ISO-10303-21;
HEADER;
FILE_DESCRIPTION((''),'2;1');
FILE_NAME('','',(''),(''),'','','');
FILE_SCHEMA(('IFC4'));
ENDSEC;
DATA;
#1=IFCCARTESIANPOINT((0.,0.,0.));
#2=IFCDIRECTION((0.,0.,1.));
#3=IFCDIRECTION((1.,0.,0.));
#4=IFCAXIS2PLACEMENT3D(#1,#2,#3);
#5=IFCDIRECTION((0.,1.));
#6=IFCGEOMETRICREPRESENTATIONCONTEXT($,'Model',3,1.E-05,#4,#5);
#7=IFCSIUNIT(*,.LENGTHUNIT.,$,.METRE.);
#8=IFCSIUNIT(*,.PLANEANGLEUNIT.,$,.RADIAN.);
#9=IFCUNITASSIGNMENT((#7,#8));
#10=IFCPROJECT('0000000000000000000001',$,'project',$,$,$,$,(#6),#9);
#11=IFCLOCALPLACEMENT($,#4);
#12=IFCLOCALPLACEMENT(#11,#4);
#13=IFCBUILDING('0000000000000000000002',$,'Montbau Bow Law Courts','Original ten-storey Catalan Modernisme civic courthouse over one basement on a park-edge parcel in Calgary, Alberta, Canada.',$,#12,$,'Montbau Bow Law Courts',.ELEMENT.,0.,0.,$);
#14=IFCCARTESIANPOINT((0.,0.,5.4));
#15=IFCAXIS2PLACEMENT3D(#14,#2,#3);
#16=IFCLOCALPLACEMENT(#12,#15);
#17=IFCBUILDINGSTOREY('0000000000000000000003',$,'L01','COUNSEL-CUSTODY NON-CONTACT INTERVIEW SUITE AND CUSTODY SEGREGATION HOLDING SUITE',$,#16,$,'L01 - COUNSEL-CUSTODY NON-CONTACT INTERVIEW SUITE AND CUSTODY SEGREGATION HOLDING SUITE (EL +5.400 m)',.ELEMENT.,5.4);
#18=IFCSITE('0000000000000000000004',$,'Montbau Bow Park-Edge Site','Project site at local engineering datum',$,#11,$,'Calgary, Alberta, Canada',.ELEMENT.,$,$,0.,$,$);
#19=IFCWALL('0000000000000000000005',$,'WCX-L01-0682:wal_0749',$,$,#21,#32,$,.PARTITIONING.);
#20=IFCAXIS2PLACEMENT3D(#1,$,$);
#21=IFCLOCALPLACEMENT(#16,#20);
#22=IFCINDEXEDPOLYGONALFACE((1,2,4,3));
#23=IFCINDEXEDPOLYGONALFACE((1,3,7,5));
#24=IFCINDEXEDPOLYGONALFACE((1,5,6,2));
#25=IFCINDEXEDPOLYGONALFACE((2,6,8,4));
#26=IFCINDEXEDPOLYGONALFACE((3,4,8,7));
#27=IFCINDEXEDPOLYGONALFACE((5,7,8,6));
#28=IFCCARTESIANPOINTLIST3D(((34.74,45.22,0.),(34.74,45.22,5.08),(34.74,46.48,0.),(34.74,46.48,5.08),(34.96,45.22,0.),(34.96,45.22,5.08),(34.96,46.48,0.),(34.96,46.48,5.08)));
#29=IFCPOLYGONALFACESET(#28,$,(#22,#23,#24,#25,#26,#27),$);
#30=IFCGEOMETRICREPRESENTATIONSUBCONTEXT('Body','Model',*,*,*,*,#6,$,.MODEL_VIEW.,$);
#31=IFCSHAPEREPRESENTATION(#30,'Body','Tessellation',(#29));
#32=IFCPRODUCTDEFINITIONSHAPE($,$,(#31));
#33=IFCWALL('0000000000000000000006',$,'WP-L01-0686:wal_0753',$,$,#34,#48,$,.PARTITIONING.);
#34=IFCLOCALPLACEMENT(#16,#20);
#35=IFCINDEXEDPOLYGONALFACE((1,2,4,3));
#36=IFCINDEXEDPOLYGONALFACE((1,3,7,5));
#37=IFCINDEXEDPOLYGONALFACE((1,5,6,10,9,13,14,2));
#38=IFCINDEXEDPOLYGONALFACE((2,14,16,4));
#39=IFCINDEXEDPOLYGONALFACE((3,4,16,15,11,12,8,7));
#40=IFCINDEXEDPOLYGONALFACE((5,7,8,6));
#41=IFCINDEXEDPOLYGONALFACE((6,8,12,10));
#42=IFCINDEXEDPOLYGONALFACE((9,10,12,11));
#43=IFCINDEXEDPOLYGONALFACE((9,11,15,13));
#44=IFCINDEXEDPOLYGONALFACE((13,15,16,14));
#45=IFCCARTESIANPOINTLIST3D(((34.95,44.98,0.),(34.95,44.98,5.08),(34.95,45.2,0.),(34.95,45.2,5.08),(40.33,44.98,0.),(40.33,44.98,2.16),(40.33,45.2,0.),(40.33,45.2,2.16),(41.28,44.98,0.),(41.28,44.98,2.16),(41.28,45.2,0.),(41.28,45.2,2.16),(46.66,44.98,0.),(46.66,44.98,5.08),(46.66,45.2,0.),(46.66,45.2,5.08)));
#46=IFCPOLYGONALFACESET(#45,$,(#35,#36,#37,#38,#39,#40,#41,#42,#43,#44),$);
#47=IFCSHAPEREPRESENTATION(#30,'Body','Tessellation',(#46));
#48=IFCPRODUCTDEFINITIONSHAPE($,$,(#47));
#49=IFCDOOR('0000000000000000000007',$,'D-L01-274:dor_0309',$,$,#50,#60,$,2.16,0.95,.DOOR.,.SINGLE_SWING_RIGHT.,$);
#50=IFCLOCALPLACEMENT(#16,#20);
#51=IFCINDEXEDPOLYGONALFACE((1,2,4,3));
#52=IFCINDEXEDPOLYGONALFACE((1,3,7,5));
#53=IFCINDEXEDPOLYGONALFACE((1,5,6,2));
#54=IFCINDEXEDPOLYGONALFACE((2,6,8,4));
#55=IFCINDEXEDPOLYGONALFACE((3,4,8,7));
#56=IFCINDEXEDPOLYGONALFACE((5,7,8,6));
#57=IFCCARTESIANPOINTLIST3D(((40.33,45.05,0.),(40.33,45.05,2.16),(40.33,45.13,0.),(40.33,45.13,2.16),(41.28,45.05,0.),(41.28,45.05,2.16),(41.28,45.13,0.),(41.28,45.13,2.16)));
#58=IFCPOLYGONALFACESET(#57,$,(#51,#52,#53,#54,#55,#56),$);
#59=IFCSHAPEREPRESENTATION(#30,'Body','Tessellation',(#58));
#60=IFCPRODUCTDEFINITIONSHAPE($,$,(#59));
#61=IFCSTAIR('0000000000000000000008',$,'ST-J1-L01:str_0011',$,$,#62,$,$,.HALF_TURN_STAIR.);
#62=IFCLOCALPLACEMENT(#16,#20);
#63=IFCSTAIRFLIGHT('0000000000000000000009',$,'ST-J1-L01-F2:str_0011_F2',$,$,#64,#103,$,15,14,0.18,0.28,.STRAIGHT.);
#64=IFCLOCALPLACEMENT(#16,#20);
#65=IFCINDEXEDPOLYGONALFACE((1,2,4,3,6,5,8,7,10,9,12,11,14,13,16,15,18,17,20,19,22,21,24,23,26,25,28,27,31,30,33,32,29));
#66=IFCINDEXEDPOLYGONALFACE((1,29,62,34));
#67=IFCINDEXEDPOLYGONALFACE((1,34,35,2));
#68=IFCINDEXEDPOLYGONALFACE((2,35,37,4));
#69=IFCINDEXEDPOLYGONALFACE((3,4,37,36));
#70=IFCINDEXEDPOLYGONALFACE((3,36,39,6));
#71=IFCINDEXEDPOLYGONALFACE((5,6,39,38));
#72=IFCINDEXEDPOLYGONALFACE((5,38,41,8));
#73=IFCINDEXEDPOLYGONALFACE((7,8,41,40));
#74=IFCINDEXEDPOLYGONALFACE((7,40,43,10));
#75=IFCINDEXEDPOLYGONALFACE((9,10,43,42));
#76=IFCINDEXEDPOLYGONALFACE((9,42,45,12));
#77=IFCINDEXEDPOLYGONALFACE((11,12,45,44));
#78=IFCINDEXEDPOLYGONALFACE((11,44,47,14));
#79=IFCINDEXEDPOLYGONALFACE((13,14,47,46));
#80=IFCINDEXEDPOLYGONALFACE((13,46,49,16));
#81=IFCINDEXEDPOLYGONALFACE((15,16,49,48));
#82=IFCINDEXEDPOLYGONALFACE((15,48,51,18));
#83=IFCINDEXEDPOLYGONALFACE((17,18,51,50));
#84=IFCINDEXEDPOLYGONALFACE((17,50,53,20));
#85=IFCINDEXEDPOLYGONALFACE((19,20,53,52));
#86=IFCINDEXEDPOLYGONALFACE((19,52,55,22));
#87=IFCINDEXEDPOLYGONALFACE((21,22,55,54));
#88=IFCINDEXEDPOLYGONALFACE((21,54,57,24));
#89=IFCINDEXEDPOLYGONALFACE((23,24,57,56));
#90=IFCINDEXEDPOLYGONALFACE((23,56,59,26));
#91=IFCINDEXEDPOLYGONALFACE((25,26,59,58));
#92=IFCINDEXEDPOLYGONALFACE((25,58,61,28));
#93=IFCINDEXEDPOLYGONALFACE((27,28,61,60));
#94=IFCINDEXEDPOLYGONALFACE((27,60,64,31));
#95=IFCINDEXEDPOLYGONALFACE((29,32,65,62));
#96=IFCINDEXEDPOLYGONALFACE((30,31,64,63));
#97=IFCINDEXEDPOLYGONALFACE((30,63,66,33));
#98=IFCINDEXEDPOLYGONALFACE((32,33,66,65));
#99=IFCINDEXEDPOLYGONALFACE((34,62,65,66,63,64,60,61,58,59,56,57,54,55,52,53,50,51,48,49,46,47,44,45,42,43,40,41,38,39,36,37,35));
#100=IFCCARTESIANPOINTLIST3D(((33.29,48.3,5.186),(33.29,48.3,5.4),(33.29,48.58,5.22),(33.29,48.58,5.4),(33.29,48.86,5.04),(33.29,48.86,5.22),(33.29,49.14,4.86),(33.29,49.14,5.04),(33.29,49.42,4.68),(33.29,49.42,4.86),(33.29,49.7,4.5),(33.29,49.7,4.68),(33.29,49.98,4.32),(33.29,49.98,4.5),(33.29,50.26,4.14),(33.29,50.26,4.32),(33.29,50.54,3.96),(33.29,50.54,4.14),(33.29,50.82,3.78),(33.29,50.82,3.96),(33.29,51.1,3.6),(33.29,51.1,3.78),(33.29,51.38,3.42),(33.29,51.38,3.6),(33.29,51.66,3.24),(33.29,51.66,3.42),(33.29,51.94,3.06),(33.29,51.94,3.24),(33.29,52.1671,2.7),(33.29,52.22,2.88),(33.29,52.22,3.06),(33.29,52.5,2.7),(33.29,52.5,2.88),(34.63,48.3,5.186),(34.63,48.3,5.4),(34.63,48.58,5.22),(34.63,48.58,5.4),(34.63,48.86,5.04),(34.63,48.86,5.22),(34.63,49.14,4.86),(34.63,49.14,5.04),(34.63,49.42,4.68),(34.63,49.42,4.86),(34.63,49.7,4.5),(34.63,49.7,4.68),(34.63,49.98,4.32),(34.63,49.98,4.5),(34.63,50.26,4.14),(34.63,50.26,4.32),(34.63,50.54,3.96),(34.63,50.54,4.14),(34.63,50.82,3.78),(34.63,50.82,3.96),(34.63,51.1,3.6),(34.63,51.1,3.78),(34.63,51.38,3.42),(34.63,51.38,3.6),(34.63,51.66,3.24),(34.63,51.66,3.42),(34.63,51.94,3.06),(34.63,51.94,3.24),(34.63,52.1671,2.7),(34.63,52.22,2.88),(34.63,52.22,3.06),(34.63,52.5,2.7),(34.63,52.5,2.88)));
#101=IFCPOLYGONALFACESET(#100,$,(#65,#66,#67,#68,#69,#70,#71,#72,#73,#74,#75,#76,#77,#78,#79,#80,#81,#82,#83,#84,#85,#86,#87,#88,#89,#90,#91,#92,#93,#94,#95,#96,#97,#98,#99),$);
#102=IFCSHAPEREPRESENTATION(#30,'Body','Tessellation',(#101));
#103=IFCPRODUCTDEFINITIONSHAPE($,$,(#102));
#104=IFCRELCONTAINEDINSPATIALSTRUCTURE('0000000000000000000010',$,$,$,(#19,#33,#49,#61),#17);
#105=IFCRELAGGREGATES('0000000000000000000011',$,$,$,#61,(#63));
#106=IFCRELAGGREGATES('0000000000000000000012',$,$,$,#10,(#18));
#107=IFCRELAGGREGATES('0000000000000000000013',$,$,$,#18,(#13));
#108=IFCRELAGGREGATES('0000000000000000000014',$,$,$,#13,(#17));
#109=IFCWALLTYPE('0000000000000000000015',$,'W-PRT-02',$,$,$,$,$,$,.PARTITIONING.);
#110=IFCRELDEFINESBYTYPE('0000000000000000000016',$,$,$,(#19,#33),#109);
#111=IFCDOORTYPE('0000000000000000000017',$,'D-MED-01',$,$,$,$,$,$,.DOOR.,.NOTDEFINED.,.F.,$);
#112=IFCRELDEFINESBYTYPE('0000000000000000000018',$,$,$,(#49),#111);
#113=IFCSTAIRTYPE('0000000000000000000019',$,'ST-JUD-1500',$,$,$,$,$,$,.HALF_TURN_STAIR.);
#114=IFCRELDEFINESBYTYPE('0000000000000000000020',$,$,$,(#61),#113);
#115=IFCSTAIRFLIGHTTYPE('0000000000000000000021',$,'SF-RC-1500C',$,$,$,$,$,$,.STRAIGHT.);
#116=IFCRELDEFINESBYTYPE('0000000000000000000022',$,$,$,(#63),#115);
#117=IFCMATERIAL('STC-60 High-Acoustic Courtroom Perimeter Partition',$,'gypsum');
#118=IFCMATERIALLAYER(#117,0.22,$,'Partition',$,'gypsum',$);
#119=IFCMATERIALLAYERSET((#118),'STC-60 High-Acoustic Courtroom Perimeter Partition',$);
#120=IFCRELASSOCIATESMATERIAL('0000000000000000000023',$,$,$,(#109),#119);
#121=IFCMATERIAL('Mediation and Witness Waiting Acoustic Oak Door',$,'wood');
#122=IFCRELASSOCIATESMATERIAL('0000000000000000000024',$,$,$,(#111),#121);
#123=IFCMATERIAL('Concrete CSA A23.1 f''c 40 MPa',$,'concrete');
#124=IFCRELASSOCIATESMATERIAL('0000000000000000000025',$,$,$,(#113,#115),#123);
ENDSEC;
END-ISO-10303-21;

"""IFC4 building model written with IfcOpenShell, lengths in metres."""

from ifc_helpers import new_model, si_unit, direction, frame, frame_2d, origin_with_axes, place, context, subcontext, project, spatial, polyline, rectangle, outline, extrude, material, layer, layer_set, type_object, element, fill, aggregate, save


model = new_model("IFC4")

# Units and contexts
model_context = context("Model", 3, precision=1e-05, world=origin_with_axes(), true_north=direction((0.0, 1.0)))
body_context = subcontext(model_context, "Body", "Model", "MODEL_VIEW")
ifc_project = project(units=[si_unit("LENGTHUNIT", "METRE"), si_unit("PLANEANGLEUNIT", "RADIAN")], contexts=[model_context])

# Site, building, storey
site_placement = place(None, origin_with_axes())
site = spatial("IfcSite", under=ifc_project, at=site_placement, Name="Montbau Bow Park-Edge Site", Description="Project site at local engineering datum", LongName="Calgary, Alberta, Canada", CompositionType="ELEMENT", RefElevation=0.0)
building_placement = place(site_placement, origin_with_axes())
building = spatial("IfcBuilding", under=site, at=building_placement, Name="Montbau Bow Law Courts", Description="Original ten-storey Catalan Modernisme civic courthouse over one basement on a park-edge parcel in Calgary, Alberta, Canada.", LongName="Montbau Bow Law Courts", CompositionType="ELEMENT", ElevationOfRefHeight=0.0, ElevationOfTerrain=0.0)
storey_placement = place(building_placement, frame((0.0, 0.0, 5.4), z_axis=(0.0, 0.0, 1.0), x_axis=(1.0, 0.0, 0.0)))
storey = spatial("IfcBuildingStorey", under=building, at=storey_placement, Name="L01", Description="COUNSEL-CUSTODY NON-CONTACT INTERVIEW SUITE AND CUSTODY SEGREGATION HOLDING SUITE", LongName="L01 - COUNSEL-CUSTODY NON-CONTACT INTERVIEW SUITE AND CUSTODY SEGREGATION HOLDING SUITE (EL +5.400 m)", CompositionType="ELEMENT", Elevation=5.4)

# Wall
ifc_material_1 = material(Name="STC-60 High-Acoustic Courtroom Perimeter Partition", Category="gypsum")
ifc_layer_1 = layer(ifc_material_1, 0.22, Name="Partition", Category="gypsum")
ifc_layer_set_1 = layer_set([ifc_layer_1], Name="STC-60 High-Acoustic Courtroom Perimeter Partition")
wall_type_1 = type_object("IfcWallType", Name="W-PRT-02", PredefinedType="PARTITIONING", material=ifc_layer_set_1)
wall_1_placement = place(None, frame((34.85, 45.22, 5.4), z_axis=(0.0, 0.0, 1.0), x_axis=(0.0, 1.0, 0.0)))
element("IfcWall", 1, at=wall_1_placement, inside=storey, type_object=wall_type_1, Name="WCX-L01-0682:wal_0749", PredefinedType="PARTITIONING", context=body_context, shape_type="SweptSolid", body=[
    extrude(rectangle(XDim=1.26, YDim=0.22, at=frame_2d((0.63, 0.0), x_axis=(1.0, 0.0))), origin_with_axes(), (0.0, 0.0, 1.0), 5.08),
])

# Wall, opening, door
wall_2_placement = place(None, frame((34.95, 45.09, 5.4), z_axis=(0.0, 0.0, 1.0), x_axis=(1.0, 0.0, 0.0)))
wall_2 = element("IfcWall", 2, at=wall_2_placement, inside=storey, type_object=wall_type_1, Name="WP-L01-0686:wal_0753", PredefinedType="PARTITIONING", context=body_context, shape_type="SweptSolid", body=[
    extrude(rectangle(XDim=11.71, YDim=0.22, at=frame_2d((5.855, 0.0), x_axis=(1.0, 0.0))), origin_with_axes(), (0.0, 0.0, 1.0), 5.08),
])
opening_placement = place(None, frame((40.805, 45.09, 5.4), z_axis=(0.0, 0.0, 1.0), x_axis=(1.0, 0.0, 0.0)))
opening = element("IfcOpeningElement", 3, at=opening_placement, cuts=wall_2, PredefinedType="OPENING", context=body_context, shape_type="SweptSolid", body=[
    extrude(rectangle(XDim=0.95, YDim=2.16, at=frame_2d((0.0, 1.08), x_axis=(1.0, 0.0))), frame((0.0, 0.12, 0.0), z_axis=(0.0, -1.0, 0.0), x_axis=(1.0, 0.0, 0.0)), (0.0, 0.0, 1.0), 0.24),
])
ifc_material_2 = material(Name="Mediation and Witness Waiting Acoustic Oak Door", Category="wood")
door_type = type_object("IfcDoorType", Name="D-MED-01", OperationType="NOTDEFINED", ParameterTakesPrecedence=False, PredefinedType="DOOR", material=ifc_material_2)
door_placement = place(None, frame((40.805, 45.09, 5.4), z_axis=(0.0, 0.0, 1.0), x_axis=(-1.0, 0.0, 0.0)))
door = element("IfcDoor", 4, at=door_placement, inside=storey, type_object=door_type, Name="D-L01-274:dor_0309", OperationType="SINGLE_SWING_RIGHT", OverallHeight=2.16, OverallWidth=0.95, PredefinedType="DOOR", context=body_context, shape_type="SweptSolid", body=[
    extrude(rectangle(XDim=0.95, YDim=2.16, at=frame_2d((0.0, 1.08), x_axis=(1.0, 0.0))), frame((0.0, 0.04, 0.0), z_axis=(0.0, -1.0, 0.0), x_axis=(1.0, 0.0, 0.0)), (0.0, 0.0, 1.0), 0.08),
])
fill(opening, door)

# Stair, stair flight
ifc_material_3 = material(Name="Concrete CSA A23.1 f'c 40 MPa", Category="concrete")
stair_type = type_object("IfcStairType", Name="ST-JUD-1500", PredefinedType="HALF_TURN_STAIR", material=ifc_material_3)
stair_placement = place(None, frame((32.05, 48.3, 5.4), z_axis=(0.0, 0.0, 1.0), x_axis=(1.0, 0.0, 0.0)))
stair = element("IfcStair", 5, at=stair_placement, inside=storey, type_object=stair_type, Name="ST-J1-L01:str_0011", PredefinedType="HALF_TURN_STAIR")
stair_flight_type = type_object("IfcStairFlightType", Name="SF-RC-1500C", PredefinedType="STRAIGHT", material=ifc_material_3)
stair_flight_placement = place(None, frame((33.96, 52.5, 8.1), z_axis=(0.0, 0.0, 1.0), x_axis=(0.0, -1.0, 0.0)))
stair_flight = element("IfcStairFlight", 6, at=stair_flight_placement, type_object=stair_flight_type, Name="ST-J1-L01-F2:str_0011_F2", NumberOfRisers=15, NumberOfTreads=14, PredefinedType="STRAIGHT", RiserHeight=0.18, TreadLength=0.28, context=body_context, shape_type="SweptSolid", body=[
    extrude(outline(polyline([(0.0, 0.0), (0.0, 0.18), (0.28, 0.18), (0.28, 0.36), (0.56, 0.36), (0.56, 0.54), (0.84, 0.54), (0.84, 0.72), (1.12, 0.72), (1.12, 0.9), (1.4, 0.9), (1.4, 1.08), (1.68, 1.08), (1.68, 1.26), (1.96, 1.26), (1.96, 1.44), (2.24, 1.44), (2.24, 1.62), (2.52, 1.62), (2.52, 1.8), (2.8, 1.8), (2.8, 1.98), (3.08, 1.98), (3.08, 2.16), (3.36, 2.16), (3.36, 2.34), (3.64, 2.34), (3.64, 2.52), (3.92, 2.52), (3.92, 2.7), (4.2, 2.7), (4.2, 2.486), (0.3329, 0.0), (0.0, 0.0)])), frame((0.0, 0.67, 0.0), z_axis=(0.0, -1.0, 0.0), x_axis=(1.0, 0.0, 0.0)), (0.0, 0.0, 1.0), 1.34),
])
aggregate(stair, [stair_flight])

save(model, "model.ifc")
